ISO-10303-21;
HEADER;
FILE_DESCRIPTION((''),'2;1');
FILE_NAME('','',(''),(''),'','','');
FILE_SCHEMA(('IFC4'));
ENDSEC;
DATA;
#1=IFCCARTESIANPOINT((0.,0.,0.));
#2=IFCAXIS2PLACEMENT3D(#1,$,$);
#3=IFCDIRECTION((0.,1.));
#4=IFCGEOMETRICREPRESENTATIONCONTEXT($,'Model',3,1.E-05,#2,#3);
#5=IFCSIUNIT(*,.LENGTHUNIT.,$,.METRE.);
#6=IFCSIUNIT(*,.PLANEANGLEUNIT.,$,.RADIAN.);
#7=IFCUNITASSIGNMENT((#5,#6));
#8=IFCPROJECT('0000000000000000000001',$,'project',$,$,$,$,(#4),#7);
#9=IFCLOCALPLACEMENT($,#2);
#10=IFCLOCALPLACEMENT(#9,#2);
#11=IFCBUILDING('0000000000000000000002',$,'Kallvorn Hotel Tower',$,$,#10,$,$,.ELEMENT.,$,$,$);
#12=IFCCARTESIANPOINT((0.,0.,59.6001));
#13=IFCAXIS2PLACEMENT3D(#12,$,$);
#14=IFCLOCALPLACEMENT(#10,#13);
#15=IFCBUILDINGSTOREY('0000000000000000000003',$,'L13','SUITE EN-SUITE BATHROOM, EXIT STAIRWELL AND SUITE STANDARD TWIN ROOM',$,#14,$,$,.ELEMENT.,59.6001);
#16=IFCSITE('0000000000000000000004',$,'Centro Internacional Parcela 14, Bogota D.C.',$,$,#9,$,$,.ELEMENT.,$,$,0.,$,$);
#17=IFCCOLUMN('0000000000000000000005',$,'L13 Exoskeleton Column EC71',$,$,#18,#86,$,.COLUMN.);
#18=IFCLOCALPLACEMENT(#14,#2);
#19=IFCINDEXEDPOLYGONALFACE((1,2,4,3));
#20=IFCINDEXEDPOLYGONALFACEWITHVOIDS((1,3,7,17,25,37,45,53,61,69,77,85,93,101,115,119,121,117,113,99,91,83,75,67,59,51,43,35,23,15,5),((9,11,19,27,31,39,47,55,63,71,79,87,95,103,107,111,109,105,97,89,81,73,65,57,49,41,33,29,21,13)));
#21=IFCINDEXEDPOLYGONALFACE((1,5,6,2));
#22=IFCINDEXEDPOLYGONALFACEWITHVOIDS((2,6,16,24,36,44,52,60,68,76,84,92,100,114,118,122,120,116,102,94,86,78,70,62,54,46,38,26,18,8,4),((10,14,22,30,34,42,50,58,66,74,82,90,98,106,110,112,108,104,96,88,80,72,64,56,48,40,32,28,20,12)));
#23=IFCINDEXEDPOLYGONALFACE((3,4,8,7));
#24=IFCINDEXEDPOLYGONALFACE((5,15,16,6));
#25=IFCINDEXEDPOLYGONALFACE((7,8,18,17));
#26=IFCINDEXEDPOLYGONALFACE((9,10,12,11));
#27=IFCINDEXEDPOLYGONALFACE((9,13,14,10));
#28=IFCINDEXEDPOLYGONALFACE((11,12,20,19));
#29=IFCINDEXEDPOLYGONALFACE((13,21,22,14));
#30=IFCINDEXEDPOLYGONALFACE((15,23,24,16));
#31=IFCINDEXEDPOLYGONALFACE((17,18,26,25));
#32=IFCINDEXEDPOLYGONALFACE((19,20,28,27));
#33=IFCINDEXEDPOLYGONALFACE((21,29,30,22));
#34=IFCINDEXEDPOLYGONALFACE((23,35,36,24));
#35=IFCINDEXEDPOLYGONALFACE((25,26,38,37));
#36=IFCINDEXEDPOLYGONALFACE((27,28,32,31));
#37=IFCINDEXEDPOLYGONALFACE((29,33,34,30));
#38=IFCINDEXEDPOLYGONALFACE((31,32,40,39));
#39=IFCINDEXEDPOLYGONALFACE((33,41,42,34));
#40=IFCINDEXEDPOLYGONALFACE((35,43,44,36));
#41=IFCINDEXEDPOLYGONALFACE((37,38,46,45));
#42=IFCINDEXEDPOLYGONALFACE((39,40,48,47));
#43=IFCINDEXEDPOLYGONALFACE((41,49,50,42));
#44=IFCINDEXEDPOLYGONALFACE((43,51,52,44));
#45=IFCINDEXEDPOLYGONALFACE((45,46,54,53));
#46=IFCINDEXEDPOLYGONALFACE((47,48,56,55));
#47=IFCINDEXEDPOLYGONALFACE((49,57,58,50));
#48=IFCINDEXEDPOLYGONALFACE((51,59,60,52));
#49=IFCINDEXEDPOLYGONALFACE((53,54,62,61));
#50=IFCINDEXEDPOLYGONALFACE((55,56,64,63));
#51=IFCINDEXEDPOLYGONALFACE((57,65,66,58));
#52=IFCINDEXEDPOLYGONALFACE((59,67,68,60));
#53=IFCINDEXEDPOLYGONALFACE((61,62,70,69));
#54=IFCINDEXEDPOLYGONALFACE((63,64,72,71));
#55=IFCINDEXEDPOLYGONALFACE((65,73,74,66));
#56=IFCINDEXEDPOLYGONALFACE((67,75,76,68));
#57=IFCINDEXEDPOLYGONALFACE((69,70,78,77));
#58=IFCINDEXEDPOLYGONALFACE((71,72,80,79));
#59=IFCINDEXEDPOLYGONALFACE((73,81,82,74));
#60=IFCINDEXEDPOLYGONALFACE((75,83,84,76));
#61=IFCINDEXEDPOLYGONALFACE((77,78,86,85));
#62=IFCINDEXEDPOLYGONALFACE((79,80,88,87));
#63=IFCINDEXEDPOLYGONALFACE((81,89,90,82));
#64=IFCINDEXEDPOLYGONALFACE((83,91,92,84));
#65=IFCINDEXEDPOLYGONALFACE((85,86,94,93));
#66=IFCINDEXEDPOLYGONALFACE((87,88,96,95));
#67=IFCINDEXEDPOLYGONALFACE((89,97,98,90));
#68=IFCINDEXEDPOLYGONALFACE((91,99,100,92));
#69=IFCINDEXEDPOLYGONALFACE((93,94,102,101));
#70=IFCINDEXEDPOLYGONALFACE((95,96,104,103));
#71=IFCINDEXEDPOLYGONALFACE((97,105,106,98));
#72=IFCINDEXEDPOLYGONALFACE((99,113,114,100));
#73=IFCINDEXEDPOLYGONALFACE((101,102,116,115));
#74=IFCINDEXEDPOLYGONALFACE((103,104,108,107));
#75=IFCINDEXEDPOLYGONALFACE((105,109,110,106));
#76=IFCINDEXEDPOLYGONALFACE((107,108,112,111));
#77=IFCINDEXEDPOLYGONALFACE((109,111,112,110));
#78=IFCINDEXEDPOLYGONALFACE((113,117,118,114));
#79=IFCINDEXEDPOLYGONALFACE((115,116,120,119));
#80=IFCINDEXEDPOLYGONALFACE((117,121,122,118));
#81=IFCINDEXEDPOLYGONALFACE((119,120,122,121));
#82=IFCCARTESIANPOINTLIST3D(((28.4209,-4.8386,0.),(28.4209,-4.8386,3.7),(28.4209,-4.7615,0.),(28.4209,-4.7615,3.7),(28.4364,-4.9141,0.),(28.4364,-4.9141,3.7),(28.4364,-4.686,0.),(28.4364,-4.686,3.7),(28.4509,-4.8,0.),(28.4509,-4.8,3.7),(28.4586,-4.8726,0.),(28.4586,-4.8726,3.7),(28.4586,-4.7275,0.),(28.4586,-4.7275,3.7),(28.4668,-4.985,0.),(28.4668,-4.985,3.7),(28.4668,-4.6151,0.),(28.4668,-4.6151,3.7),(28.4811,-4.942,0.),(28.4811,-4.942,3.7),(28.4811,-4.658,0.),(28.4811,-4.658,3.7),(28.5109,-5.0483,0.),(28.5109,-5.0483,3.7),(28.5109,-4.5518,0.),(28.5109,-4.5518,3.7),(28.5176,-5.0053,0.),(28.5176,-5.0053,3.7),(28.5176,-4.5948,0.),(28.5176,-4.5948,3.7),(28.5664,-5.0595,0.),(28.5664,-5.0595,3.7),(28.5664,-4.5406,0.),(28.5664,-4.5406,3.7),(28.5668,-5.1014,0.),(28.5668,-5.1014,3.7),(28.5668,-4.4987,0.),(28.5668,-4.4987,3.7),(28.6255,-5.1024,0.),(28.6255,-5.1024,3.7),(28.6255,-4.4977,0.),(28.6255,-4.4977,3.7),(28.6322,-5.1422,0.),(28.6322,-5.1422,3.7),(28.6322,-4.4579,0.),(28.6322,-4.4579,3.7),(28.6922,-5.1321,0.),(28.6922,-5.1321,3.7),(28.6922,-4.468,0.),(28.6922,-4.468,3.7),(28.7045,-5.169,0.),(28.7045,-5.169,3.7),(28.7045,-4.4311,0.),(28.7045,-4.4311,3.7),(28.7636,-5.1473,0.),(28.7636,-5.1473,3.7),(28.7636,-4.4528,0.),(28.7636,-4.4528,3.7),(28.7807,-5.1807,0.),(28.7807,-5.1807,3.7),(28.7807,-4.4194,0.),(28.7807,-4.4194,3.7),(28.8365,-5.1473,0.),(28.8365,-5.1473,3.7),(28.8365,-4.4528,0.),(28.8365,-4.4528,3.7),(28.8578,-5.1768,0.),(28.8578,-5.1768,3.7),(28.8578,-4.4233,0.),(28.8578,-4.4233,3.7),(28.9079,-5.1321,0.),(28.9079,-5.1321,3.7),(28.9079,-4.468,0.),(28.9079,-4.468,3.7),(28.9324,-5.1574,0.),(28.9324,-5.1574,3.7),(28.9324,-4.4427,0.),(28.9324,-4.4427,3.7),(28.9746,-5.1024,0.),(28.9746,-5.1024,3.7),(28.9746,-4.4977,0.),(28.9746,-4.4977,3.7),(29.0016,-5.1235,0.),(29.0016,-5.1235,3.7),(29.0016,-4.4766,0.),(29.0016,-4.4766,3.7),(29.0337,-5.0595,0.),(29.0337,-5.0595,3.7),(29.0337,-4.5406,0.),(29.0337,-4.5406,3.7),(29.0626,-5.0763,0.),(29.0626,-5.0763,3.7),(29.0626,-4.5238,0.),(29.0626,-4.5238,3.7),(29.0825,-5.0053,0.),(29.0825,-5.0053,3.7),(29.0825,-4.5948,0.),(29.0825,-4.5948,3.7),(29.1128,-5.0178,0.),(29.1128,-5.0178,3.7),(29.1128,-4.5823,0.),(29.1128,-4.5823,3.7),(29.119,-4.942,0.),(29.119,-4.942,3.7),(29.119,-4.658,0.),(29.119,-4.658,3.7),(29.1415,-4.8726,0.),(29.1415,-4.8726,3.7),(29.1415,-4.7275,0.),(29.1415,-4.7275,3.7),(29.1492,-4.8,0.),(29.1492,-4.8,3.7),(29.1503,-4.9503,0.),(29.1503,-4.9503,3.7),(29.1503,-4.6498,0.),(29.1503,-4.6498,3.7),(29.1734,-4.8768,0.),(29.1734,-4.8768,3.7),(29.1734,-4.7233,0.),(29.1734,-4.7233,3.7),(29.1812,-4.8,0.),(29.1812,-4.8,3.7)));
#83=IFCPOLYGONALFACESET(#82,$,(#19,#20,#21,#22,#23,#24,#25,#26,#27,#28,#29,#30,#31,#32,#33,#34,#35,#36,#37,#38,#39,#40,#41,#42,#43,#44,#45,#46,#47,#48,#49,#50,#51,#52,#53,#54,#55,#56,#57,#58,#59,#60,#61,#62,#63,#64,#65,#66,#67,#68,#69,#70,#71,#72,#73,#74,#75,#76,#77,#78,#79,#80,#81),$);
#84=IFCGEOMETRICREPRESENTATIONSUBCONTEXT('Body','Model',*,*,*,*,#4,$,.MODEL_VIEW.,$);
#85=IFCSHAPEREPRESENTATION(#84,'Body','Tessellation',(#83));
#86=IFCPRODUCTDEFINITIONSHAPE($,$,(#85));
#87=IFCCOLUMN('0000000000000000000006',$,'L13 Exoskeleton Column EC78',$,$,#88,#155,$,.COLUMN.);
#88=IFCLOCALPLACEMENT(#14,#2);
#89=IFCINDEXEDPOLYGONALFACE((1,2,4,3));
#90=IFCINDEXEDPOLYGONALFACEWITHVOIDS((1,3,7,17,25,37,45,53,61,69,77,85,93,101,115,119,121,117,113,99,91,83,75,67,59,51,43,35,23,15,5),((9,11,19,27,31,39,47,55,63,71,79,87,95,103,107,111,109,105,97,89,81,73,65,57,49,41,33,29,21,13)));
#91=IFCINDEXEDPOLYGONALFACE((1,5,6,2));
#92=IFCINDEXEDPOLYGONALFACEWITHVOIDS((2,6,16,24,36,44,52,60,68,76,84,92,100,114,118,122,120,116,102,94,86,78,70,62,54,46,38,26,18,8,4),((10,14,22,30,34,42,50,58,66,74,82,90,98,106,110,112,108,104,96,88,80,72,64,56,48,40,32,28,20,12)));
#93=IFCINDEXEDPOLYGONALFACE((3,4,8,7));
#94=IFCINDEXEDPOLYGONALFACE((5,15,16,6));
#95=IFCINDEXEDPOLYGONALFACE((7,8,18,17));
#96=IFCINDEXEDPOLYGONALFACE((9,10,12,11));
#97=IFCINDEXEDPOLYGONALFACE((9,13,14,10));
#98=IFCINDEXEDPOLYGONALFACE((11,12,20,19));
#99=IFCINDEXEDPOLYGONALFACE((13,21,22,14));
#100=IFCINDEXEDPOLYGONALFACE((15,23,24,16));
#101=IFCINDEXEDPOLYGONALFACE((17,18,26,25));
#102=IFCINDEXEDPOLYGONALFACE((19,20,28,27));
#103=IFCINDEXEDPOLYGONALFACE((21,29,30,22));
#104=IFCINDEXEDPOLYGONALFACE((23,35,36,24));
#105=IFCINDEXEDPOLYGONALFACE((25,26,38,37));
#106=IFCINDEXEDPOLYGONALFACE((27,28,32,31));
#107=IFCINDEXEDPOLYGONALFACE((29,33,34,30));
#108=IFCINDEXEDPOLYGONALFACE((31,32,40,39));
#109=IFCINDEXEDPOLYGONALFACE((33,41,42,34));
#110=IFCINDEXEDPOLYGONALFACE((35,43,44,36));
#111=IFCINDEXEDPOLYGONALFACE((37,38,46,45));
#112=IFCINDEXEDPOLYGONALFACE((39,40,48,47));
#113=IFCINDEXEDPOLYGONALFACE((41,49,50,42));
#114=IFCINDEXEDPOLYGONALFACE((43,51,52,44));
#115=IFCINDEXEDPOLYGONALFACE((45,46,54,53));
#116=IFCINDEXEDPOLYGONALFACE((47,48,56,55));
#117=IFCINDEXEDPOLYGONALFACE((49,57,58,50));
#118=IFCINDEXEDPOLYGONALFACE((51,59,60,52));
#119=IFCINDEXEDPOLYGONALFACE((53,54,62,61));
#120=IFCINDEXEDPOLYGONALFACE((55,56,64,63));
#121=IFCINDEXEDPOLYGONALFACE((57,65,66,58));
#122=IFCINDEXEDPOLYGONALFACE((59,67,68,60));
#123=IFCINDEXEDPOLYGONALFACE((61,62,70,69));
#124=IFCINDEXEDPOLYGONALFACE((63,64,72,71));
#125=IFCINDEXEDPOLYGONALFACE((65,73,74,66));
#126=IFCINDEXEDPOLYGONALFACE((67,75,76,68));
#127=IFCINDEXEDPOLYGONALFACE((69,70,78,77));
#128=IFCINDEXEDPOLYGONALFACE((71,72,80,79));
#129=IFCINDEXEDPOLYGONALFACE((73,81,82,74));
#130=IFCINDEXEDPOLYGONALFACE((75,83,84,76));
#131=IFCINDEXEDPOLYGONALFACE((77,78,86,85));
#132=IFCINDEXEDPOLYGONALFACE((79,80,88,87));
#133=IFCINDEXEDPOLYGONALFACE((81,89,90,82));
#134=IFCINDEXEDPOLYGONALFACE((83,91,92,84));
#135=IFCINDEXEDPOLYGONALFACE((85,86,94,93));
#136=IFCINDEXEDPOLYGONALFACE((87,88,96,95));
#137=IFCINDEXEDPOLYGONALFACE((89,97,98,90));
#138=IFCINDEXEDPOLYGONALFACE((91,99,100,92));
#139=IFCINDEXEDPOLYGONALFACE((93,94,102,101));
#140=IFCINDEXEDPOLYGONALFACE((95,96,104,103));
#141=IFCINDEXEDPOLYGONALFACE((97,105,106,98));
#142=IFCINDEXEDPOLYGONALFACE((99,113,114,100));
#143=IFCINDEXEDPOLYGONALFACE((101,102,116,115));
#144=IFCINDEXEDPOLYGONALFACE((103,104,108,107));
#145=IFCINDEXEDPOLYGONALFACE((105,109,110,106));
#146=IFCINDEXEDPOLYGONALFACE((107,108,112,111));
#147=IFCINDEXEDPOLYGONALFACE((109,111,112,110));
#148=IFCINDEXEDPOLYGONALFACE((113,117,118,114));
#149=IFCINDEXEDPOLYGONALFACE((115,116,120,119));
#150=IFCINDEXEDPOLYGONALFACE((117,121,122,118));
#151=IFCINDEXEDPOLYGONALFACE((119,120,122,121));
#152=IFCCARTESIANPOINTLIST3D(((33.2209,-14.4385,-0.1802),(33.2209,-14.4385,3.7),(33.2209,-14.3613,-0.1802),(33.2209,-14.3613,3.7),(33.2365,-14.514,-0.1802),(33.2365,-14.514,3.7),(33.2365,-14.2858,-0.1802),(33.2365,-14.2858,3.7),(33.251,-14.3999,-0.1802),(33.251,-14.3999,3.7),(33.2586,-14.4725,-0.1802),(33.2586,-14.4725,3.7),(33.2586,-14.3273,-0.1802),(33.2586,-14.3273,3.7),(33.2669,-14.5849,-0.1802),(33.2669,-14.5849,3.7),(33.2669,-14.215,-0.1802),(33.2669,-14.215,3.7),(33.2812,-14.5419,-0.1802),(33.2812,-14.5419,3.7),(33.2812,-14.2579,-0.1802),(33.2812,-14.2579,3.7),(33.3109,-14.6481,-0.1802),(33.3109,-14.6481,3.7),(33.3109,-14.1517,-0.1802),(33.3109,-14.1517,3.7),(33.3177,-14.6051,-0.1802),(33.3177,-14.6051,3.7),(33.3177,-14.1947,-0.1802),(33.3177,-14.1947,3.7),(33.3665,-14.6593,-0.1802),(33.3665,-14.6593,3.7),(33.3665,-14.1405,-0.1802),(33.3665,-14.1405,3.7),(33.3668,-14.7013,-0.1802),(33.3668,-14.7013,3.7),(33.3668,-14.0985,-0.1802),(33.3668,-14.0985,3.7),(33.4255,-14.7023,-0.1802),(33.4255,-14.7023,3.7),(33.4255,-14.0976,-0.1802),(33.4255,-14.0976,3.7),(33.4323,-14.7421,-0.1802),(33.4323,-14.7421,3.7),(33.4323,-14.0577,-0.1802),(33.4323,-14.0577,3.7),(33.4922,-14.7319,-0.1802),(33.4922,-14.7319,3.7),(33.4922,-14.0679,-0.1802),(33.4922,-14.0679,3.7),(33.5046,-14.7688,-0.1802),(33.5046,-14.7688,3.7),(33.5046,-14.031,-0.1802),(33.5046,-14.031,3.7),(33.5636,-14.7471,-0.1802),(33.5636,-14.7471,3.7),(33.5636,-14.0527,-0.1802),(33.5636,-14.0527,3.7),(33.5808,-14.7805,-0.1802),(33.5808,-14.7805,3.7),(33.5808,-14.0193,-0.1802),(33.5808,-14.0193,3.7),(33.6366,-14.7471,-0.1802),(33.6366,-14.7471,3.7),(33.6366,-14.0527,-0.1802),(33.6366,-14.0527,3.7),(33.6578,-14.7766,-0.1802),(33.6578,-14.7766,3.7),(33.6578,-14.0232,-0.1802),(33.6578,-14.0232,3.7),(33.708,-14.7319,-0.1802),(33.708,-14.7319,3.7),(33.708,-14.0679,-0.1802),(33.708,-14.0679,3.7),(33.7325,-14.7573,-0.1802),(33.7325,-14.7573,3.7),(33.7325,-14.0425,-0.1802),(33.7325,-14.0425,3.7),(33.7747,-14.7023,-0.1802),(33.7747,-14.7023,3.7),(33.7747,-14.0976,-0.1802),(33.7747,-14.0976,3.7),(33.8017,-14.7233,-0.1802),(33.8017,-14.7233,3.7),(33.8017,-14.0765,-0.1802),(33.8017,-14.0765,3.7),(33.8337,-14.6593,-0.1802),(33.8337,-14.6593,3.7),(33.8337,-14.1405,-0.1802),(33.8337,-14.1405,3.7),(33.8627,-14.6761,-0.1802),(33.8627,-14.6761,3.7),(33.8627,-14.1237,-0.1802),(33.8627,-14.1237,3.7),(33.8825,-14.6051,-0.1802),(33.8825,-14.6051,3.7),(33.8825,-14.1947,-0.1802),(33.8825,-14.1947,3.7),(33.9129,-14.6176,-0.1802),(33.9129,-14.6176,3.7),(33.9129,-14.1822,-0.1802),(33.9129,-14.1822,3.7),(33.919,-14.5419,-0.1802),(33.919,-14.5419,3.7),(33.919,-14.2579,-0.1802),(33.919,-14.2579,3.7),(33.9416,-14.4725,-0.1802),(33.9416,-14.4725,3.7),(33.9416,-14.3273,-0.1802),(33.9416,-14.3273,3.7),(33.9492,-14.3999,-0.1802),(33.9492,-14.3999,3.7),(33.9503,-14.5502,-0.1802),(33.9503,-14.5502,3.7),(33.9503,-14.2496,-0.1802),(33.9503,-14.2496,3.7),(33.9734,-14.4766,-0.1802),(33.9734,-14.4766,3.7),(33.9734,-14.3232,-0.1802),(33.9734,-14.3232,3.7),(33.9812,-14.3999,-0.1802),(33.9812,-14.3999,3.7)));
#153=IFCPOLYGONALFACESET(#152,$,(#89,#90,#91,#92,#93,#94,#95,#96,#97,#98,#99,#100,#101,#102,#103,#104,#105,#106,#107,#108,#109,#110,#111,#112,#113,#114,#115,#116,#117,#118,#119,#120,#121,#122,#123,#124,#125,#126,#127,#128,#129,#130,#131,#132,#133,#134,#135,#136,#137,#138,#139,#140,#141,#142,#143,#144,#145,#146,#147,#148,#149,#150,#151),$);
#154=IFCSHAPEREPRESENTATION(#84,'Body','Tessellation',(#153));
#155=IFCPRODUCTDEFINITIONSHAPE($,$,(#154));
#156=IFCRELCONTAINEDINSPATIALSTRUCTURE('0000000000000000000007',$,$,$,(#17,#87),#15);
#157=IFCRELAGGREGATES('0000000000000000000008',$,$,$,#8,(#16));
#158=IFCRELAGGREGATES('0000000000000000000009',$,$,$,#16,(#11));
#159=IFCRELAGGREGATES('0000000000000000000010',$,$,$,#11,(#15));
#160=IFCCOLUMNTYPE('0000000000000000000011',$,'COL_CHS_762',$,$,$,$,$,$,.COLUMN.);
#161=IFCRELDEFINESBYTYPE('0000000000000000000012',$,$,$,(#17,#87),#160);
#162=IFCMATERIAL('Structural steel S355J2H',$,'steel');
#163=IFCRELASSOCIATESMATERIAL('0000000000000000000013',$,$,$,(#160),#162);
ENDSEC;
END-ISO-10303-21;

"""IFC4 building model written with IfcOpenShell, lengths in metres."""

from ifc_helpers import new_model, si_unit, direction, frame, origin, origin_2d, place, context, subcontext, project, spatial, hollow_circle, extrude, material, material_profile, profile_set, type_object, element, save


model = new_model("IFC4")

# Units and contexts
model_context = context("Model", 3, precision=1e-05, world=origin(), true_north=direction((0.0, 1.0)))
body_context = subcontext(model_context, "Body", "Model", "MODEL_VIEW")
ifc_project = project(units=[si_unit("LENGTHUNIT", "METRE"), si_unit("PLANEANGLEUNIT", "RADIAN")], contexts=[model_context])

# Site, building, storey
site_placement = place(None, origin())
site = spatial("IfcSite", under=ifc_project, at=site_placement, Name="Centro Internacional Parcela 14, Bogota D.C.", CompositionType="ELEMENT", RefElevation=0.0)
building_placement = place(site_placement, origin())
building = spatial("IfcBuilding", under=site, at=building_placement, Name="Kallvorn Hotel Tower", CompositionType="ELEMENT")
storey_placement = place(building_placement, frame((0.0, 0.0, 59.6001)))
storey = spatial("IfcBuildingStorey", under=building, at=storey_placement, Name="L13", Description="SUITE EN-SUITE BATHROOM, EXIT STAIRWELL AND SUITE STANDARD TWIN ROOM", CompositionType="ELEMENT", Elevation=59.6001)

# Columns
ifc_material_1 = material(Name="Structural steel S355J2H", Category="steel")
ifc_material_profile_1 = material_profile(ifc_material_1, hollow_circle(Radius=0.3811, WallThickness=0.032, at=origin_2d()), Name="CHS 762x32")
ifc_profile_set_1 = profile_set([ifc_material_profile_1], Name="Structural steel S355J2H")
column_type_1 = type_object("IfcColumnType", Name="COL_CHS_762", PredefinedType="COLUMN", material=ifc_profile_set_1)
for number, where, z_axis, x_axis, name in (
    (1, (28.8, -4.8, 0.0), (0.0, 0.0, 1.0), (1.0, 0.0, 0.0), "L13 Exoskeleton Column EC71"),
):
    element("IfcColumn", number, at=place(storey_placement, frame(where, z_axis=z_axis, x_axis=x_axis)), inside=storey, type_object=column_type_1, Name=name, PredefinedType="COLUMN", context=body_context, shape_type="SweptSolid", body=[
        extrude(hollow_circle(Radius=0.3811, WallThickness=0.032, at=origin_2d()), origin(), (0.0, 0.0, 1.0), 3.7),
    ])
for number, where, z_axis, x_axis, name in (
    (2, (33.6001, -14.3999, -0.1802), (0.0, 0.0, 1.0), (1.0, 0.0, 0.0), "L13 Exoskeleton Column EC78"),
):
    element("IfcColumn", number, at=place(storey_placement, frame(where, z_axis=z_axis, x_axis=x_axis)), inside=storey, type_object=column_type_1, Name=name, PredefinedType="COLUMN", context=body_context, shape_type="SweptSolid", body=[
        extrude(hollow_circle(Radius=0.3811, WallThickness=0.032, at=origin_2d()), origin(), (0.0, 0.0, 1.0), 3.8801),
    ])

save(model, "model.ifc")
